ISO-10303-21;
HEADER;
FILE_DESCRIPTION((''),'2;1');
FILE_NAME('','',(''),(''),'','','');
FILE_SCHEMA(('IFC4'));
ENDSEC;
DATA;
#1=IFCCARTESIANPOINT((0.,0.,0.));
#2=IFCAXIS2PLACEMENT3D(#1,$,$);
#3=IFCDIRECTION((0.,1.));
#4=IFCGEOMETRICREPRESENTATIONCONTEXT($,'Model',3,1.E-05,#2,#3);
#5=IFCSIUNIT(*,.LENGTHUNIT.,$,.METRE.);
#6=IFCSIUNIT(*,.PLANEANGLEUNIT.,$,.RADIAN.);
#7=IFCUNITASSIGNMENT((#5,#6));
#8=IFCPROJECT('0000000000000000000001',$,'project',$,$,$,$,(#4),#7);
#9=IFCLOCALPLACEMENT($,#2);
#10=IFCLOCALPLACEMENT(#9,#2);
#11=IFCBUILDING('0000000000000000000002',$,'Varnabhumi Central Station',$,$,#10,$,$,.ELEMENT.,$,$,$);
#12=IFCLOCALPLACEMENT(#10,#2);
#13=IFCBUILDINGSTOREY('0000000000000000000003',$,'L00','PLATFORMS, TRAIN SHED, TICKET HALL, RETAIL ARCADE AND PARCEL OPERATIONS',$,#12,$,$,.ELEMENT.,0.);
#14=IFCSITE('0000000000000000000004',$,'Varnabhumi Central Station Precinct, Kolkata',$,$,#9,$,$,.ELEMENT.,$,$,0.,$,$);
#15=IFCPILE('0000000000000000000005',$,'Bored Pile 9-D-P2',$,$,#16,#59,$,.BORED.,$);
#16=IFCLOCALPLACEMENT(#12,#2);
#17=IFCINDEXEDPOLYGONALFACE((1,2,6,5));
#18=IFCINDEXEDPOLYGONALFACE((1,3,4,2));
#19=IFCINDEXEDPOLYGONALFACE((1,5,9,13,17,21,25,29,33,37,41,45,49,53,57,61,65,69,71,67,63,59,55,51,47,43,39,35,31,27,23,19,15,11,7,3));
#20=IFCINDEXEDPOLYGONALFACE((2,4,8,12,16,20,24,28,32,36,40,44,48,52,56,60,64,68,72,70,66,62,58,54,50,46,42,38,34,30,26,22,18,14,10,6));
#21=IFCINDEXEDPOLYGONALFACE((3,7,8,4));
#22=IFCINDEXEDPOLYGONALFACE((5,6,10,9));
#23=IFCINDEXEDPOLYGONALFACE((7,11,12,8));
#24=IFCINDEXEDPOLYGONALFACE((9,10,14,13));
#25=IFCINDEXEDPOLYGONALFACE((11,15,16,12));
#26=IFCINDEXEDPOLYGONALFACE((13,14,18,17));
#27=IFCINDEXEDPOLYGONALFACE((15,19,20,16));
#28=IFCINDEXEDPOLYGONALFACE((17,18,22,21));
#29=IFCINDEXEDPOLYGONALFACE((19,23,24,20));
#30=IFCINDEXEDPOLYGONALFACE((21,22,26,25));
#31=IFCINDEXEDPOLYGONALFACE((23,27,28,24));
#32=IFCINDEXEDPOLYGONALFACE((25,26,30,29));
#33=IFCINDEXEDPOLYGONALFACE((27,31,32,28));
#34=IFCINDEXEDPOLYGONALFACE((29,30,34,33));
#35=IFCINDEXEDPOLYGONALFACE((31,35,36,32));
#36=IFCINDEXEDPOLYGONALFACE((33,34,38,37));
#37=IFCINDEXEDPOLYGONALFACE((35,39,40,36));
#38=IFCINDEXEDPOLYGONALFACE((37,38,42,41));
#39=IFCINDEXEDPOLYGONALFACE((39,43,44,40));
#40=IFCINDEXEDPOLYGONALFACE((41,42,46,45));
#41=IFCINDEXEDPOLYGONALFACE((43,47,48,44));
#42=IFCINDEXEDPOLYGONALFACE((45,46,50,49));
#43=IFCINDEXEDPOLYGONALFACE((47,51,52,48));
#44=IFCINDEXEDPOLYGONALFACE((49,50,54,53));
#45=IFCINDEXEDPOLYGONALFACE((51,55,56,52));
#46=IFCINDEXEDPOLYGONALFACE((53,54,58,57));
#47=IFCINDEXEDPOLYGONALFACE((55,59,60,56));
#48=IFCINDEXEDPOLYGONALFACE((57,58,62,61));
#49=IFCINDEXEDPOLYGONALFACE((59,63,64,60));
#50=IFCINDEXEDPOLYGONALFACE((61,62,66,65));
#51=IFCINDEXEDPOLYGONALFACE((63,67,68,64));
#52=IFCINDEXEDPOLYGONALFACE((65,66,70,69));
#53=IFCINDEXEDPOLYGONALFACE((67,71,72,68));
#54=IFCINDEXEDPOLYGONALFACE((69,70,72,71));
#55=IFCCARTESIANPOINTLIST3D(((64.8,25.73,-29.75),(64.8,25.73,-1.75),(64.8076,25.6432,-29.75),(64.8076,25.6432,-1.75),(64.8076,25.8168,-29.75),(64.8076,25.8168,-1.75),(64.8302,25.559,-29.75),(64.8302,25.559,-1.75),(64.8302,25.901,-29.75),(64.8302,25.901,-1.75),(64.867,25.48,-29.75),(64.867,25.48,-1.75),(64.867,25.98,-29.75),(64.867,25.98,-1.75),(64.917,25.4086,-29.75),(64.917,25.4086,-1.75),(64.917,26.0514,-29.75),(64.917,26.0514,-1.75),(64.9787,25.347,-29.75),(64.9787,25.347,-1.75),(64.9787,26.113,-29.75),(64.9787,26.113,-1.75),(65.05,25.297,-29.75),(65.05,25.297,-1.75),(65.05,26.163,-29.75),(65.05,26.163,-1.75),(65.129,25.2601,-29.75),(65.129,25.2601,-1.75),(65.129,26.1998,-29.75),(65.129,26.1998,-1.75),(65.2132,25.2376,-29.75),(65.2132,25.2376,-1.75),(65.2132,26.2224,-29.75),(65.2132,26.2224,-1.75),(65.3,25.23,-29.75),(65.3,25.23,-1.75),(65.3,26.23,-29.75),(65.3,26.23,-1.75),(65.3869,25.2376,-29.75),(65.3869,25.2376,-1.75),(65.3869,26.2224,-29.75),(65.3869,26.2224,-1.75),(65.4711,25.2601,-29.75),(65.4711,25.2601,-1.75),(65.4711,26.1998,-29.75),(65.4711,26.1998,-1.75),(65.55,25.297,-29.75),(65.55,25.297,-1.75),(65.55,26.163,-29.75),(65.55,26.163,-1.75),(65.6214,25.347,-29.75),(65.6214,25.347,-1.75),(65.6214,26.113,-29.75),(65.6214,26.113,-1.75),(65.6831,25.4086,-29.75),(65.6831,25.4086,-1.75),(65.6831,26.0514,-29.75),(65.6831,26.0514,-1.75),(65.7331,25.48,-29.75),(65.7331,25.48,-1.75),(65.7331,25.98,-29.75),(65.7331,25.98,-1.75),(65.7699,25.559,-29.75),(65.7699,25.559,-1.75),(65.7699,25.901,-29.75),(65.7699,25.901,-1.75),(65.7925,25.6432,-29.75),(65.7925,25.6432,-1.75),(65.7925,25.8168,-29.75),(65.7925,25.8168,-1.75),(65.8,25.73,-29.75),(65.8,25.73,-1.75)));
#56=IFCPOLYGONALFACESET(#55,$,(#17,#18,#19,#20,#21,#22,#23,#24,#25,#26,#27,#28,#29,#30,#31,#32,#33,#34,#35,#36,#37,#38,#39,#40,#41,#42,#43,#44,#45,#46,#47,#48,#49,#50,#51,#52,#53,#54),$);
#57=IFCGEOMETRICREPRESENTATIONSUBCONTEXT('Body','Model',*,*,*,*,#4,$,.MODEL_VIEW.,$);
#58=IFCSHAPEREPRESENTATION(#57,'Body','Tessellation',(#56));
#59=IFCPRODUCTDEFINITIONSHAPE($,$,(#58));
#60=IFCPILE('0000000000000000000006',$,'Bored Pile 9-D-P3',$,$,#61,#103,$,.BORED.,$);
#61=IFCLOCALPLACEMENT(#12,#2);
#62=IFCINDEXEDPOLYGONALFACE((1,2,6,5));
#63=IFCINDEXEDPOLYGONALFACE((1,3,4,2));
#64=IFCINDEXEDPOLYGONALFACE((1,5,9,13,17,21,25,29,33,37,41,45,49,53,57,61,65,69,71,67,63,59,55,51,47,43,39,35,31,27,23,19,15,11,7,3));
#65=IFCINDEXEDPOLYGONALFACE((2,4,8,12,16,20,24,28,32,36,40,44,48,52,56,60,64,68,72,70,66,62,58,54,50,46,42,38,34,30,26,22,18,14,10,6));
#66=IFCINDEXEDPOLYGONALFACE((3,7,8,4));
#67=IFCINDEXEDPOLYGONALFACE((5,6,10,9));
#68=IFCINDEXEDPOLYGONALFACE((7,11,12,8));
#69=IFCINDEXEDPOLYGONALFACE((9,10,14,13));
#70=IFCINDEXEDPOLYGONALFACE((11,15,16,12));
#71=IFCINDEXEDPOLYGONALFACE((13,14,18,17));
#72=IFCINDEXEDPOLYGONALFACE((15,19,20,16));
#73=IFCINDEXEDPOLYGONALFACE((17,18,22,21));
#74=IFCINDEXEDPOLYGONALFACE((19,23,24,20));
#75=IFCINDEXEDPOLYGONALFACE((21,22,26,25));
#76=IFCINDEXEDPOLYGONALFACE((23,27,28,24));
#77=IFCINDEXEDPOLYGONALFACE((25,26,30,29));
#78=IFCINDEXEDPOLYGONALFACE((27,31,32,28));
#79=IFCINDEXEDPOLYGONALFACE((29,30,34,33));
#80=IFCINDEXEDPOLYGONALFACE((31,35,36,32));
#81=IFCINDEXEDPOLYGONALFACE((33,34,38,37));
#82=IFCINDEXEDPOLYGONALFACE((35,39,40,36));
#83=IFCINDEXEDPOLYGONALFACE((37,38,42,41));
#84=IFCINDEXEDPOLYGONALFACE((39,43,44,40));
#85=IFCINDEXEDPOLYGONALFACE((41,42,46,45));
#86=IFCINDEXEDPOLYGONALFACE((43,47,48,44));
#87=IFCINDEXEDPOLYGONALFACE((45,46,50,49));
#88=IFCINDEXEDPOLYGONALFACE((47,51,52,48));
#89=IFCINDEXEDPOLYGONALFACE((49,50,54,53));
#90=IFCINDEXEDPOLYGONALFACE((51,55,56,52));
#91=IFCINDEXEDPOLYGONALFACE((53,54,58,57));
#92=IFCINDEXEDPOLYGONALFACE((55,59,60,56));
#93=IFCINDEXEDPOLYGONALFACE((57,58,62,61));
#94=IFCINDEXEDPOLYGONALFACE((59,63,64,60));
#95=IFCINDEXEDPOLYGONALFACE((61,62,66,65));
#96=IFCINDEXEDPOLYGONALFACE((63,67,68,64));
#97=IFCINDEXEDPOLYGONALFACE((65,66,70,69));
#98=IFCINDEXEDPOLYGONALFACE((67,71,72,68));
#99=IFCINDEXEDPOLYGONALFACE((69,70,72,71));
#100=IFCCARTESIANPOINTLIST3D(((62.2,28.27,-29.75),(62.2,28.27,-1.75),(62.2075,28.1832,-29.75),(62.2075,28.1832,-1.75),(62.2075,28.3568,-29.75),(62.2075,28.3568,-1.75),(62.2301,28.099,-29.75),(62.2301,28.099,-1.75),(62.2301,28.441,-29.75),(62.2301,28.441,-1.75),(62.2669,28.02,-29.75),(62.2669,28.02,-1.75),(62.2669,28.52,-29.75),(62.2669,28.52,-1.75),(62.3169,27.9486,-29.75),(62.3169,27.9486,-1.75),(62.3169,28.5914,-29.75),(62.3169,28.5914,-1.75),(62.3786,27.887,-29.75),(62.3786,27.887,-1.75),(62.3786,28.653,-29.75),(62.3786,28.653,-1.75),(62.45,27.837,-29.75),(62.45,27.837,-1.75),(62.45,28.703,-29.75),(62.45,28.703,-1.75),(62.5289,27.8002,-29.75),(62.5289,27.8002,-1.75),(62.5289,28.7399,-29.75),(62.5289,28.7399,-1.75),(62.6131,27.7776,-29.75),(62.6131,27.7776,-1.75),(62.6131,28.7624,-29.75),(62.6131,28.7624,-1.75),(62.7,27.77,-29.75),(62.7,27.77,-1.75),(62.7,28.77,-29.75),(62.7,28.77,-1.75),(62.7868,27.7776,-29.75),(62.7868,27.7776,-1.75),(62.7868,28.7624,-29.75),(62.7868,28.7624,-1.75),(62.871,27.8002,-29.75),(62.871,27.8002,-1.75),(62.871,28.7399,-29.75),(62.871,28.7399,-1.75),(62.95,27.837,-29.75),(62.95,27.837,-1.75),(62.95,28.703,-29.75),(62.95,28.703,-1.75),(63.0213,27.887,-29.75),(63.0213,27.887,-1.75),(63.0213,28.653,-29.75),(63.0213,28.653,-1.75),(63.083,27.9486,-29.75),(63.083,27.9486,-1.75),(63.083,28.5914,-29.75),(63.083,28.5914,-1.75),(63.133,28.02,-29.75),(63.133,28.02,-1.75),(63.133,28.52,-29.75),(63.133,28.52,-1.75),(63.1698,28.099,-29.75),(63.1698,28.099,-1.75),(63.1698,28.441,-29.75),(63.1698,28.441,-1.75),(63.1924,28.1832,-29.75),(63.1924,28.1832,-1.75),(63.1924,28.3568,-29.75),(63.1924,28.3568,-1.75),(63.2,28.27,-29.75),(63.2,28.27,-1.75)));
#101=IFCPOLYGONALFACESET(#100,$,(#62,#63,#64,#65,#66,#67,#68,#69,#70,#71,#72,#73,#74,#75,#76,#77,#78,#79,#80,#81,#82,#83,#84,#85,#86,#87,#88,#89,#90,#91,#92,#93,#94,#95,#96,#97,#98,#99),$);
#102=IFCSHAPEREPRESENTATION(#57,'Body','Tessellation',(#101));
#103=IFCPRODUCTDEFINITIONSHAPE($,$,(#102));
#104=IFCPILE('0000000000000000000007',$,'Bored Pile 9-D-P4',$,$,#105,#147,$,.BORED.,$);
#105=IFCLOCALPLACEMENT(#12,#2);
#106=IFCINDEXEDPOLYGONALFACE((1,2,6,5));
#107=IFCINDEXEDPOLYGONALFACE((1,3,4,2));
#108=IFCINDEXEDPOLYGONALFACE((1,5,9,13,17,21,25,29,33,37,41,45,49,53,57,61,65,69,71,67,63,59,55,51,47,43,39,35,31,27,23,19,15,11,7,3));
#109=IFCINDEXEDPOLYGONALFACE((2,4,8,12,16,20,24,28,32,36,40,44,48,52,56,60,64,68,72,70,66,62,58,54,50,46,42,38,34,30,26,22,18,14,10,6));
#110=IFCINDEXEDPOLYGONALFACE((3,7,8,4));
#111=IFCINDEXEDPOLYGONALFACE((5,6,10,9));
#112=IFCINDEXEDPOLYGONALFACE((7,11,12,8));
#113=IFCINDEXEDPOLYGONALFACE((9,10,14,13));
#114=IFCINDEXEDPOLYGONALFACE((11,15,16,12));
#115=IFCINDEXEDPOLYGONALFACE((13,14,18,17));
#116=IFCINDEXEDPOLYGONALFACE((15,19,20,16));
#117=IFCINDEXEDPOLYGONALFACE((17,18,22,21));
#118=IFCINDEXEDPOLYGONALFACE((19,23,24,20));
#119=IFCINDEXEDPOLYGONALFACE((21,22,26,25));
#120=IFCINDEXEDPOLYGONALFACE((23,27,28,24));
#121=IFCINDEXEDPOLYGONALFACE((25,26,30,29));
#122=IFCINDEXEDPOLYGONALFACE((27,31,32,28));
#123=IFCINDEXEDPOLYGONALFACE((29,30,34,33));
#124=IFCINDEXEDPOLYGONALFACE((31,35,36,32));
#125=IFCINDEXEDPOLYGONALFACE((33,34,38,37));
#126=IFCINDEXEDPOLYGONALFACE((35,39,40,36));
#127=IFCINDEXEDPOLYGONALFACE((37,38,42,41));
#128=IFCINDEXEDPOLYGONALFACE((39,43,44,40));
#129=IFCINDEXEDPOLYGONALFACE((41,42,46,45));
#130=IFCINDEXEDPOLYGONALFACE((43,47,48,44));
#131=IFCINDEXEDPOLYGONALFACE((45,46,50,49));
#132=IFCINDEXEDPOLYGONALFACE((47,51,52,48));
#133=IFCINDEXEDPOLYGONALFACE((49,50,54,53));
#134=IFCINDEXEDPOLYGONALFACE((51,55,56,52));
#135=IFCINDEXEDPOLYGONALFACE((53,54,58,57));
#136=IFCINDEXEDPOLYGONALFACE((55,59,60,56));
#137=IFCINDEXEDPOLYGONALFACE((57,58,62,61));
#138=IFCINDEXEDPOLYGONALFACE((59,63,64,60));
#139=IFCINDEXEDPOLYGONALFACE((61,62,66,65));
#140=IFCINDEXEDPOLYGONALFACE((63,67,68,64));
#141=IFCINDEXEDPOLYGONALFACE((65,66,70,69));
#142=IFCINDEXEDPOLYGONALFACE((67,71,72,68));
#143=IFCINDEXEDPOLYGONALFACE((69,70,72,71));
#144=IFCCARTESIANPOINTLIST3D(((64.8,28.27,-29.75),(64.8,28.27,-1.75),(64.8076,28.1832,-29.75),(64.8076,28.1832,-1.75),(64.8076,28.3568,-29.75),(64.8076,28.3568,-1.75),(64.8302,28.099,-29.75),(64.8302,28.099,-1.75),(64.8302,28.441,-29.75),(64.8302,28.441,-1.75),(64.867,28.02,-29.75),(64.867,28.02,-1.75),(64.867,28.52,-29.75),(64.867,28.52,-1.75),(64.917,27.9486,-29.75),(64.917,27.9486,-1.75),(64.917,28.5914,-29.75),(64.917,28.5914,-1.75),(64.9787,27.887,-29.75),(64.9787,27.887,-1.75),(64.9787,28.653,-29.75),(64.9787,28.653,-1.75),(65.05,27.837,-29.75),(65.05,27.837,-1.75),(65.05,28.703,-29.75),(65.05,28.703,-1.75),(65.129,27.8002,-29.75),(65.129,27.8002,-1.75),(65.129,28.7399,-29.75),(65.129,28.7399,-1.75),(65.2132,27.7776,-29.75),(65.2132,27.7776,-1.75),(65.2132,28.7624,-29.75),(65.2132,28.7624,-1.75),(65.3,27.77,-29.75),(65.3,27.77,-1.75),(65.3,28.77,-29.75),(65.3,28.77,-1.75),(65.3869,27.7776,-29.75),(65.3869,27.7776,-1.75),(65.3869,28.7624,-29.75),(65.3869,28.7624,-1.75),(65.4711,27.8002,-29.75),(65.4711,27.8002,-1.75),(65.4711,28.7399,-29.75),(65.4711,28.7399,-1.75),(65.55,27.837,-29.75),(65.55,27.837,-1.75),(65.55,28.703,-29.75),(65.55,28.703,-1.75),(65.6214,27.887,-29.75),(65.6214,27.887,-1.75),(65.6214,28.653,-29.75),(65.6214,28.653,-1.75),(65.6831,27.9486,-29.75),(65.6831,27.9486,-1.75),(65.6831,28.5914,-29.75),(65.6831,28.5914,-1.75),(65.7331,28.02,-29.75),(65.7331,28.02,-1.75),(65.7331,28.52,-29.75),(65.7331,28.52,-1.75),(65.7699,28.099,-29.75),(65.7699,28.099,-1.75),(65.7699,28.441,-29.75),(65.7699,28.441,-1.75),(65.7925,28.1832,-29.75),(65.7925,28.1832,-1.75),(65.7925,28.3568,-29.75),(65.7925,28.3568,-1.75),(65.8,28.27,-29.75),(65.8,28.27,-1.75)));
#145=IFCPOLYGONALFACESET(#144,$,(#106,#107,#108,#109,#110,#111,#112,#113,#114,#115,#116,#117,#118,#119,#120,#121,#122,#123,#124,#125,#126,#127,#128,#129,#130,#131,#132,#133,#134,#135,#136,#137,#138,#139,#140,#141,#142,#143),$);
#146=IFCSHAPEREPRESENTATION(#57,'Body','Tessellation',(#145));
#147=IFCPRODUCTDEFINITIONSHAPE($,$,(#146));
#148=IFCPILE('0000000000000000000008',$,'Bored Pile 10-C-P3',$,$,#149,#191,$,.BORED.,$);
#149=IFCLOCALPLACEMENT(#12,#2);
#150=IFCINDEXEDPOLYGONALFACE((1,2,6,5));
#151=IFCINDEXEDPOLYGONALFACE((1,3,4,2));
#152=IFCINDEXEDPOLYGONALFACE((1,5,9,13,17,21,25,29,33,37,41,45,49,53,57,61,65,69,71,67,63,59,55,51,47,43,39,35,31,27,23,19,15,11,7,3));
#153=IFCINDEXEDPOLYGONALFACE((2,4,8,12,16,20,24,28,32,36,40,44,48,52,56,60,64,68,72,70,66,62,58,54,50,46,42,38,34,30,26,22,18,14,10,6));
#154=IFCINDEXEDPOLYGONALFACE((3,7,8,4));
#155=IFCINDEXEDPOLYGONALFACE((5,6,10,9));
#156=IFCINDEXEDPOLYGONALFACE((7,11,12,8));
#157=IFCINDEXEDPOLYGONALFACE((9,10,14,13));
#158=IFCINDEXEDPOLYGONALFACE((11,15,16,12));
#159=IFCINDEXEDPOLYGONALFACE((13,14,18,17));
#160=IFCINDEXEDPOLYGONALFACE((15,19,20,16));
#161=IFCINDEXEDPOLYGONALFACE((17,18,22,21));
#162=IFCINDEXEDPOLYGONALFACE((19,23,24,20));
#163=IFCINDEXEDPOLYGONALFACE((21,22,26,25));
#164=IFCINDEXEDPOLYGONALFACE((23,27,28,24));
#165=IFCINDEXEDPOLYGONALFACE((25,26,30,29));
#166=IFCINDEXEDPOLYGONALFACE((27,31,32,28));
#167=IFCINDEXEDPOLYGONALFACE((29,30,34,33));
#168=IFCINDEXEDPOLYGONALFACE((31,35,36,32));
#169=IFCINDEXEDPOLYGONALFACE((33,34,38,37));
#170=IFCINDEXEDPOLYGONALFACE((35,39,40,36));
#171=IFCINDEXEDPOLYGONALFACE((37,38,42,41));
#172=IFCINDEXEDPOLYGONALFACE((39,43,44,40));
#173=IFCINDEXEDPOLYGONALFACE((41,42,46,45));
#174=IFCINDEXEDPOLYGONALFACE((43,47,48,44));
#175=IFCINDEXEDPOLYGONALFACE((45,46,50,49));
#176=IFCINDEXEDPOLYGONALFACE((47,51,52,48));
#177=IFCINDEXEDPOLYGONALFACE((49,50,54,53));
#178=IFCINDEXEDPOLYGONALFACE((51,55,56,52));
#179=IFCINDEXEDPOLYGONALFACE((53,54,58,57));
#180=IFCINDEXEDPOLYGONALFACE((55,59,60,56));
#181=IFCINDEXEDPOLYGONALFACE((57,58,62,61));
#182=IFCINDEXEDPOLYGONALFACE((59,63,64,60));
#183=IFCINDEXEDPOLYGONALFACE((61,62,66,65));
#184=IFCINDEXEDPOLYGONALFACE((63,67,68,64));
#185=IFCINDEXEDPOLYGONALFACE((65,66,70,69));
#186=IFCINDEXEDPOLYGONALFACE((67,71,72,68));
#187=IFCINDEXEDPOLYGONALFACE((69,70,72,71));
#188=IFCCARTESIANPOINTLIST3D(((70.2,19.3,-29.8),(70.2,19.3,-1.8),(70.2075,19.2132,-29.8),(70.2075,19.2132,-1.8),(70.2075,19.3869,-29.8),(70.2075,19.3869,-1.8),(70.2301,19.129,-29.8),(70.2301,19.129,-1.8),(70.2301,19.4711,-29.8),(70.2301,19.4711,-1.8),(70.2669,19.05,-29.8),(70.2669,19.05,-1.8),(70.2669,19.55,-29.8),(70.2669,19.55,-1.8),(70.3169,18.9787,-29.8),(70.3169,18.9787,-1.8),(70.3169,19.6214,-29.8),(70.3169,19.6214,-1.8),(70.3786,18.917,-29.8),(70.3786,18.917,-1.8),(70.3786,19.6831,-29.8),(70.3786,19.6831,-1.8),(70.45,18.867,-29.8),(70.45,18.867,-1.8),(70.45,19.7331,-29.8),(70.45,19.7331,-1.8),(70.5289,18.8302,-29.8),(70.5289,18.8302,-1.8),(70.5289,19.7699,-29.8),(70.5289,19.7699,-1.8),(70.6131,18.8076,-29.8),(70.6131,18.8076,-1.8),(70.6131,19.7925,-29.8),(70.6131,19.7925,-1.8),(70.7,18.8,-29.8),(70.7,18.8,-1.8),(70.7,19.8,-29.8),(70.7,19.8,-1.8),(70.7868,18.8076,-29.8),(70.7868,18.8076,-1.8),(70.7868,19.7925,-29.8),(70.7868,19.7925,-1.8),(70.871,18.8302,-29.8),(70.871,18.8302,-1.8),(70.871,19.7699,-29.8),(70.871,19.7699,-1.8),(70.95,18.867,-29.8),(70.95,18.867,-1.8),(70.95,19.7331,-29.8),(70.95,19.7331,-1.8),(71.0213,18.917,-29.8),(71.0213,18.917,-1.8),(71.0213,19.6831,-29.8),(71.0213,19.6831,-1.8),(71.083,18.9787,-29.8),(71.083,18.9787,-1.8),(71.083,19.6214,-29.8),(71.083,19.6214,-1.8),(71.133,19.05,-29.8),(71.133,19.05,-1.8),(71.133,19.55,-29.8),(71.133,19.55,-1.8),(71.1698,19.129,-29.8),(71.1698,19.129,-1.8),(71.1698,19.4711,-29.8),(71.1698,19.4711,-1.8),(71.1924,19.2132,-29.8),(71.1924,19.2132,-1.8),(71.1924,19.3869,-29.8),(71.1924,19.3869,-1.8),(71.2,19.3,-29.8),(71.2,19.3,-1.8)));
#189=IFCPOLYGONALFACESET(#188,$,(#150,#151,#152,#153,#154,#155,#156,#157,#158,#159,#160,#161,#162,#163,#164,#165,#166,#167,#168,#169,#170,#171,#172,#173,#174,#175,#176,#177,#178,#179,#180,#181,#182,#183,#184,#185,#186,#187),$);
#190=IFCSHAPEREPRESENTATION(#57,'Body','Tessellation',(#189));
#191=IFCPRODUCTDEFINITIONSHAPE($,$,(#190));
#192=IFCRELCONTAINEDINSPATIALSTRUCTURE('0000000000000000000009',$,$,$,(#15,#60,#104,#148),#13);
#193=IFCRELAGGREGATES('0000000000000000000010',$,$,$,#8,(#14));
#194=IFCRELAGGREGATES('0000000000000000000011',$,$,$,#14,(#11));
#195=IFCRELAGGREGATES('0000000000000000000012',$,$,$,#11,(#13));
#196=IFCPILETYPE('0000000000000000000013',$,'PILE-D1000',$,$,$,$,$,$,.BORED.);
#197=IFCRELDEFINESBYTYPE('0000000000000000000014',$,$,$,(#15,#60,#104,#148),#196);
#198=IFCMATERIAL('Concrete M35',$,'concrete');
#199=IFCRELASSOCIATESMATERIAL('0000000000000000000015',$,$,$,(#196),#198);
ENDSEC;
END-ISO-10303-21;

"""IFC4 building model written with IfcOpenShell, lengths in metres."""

from ifc_helpers import new_model, si_unit, direction, frame, origin, origin_2d, place, context, subcontext, project, spatial, circle, extrude, material, material_profile, profile_set, type_object, element, save


model = new_model("IFC4")

# Units and contexts
model_context = context("Model", 3, precision=1e-05, world=origin(), true_north=direction((0.0, 1.0)))
body_context = subcontext(model_context, "Body", "Model", "MODEL_VIEW")
ifc_project = project(units=[si_unit("LENGTHUNIT", "METRE"), si_unit("PLANEANGLEUNIT", "RADIAN")], contexts=[model_context])

# Site, building, storey
site_placement = place(None, origin())
site = spatial("IfcSite", under=ifc_project, at=site_placement, Name="Varnabhumi Central Station Precinct, Kolkata", CompositionType="ELEMENT", RefElevation=0.0)
building_placement = place(site_placement, origin())
building = spatial("IfcBuilding", under=site, at=building_placement, Name="Varnabhumi Central Station", CompositionType="ELEMENT")
storey_placement = place(building_placement, origin())
storey = spatial("IfcBuildingStorey", under=building, at=storey_placement, Name="L00", Description="PLATFORMS, TRAIN SHED, TICKET HALL, RETAIL ARCADE AND PARCEL OPERATIONS", CompositionType="ELEMENT", Elevation=0.0)

# Piles
ifc_material_1 = material(Name="Concrete M35", Category="concrete")
ifc_material_profile_1 = material_profile(ifc_material_1, circle(Radius=0.5, at=origin_2d()), Name="Concrete M35", Category="concrete")
ifc_profile_set_1 = profile_set([ifc_material_profile_1], Name="Concrete M35")
pile_type = type_object("IfcPileType", Name="PILE-D1000", PredefinedType="BORED", material=ifc_profile_set_1)
for number, where, z_axis, x_axis, name in (
    (1, (65.3, 25.73, -1.75), (0.0, 0.0, -1.0), (1.0, 0.0, 0.0), "Bored Pile 9-D-P2"),
    (2, (62.7, 28.27, -1.75), (0.0, 0.0, -1.0), (1.0, 0.0, 0.0), "Bored Pile 9-D-P3"),
    (3, (65.3, 28.27, -1.75), (0.0, 0.0, -1.0), (1.0, 0.0, 0.0), "Bored Pile 9-D-P4"),
    (4, (70.7, 19.3, -1.8), (0.0, 0.0, -1.0), (1.0, 0.0, 0.0), "Bored Pile 10-C-P3"),
):
    element("IfcPile", number, at=place(storey_placement, frame(where, z_axis=z_axis, x_axis=x_axis)), inside=storey, type_object=pile_type, Name=name, PredefinedType="BORED", context=body_context, shape_type="SweptSolid", body=[
        extrude(circle(Radius=0.5, at=origin_2d()), origin(), (0.0, 0.0, 1.0), 28.0),
    ])

save(model, "model.ifc")
